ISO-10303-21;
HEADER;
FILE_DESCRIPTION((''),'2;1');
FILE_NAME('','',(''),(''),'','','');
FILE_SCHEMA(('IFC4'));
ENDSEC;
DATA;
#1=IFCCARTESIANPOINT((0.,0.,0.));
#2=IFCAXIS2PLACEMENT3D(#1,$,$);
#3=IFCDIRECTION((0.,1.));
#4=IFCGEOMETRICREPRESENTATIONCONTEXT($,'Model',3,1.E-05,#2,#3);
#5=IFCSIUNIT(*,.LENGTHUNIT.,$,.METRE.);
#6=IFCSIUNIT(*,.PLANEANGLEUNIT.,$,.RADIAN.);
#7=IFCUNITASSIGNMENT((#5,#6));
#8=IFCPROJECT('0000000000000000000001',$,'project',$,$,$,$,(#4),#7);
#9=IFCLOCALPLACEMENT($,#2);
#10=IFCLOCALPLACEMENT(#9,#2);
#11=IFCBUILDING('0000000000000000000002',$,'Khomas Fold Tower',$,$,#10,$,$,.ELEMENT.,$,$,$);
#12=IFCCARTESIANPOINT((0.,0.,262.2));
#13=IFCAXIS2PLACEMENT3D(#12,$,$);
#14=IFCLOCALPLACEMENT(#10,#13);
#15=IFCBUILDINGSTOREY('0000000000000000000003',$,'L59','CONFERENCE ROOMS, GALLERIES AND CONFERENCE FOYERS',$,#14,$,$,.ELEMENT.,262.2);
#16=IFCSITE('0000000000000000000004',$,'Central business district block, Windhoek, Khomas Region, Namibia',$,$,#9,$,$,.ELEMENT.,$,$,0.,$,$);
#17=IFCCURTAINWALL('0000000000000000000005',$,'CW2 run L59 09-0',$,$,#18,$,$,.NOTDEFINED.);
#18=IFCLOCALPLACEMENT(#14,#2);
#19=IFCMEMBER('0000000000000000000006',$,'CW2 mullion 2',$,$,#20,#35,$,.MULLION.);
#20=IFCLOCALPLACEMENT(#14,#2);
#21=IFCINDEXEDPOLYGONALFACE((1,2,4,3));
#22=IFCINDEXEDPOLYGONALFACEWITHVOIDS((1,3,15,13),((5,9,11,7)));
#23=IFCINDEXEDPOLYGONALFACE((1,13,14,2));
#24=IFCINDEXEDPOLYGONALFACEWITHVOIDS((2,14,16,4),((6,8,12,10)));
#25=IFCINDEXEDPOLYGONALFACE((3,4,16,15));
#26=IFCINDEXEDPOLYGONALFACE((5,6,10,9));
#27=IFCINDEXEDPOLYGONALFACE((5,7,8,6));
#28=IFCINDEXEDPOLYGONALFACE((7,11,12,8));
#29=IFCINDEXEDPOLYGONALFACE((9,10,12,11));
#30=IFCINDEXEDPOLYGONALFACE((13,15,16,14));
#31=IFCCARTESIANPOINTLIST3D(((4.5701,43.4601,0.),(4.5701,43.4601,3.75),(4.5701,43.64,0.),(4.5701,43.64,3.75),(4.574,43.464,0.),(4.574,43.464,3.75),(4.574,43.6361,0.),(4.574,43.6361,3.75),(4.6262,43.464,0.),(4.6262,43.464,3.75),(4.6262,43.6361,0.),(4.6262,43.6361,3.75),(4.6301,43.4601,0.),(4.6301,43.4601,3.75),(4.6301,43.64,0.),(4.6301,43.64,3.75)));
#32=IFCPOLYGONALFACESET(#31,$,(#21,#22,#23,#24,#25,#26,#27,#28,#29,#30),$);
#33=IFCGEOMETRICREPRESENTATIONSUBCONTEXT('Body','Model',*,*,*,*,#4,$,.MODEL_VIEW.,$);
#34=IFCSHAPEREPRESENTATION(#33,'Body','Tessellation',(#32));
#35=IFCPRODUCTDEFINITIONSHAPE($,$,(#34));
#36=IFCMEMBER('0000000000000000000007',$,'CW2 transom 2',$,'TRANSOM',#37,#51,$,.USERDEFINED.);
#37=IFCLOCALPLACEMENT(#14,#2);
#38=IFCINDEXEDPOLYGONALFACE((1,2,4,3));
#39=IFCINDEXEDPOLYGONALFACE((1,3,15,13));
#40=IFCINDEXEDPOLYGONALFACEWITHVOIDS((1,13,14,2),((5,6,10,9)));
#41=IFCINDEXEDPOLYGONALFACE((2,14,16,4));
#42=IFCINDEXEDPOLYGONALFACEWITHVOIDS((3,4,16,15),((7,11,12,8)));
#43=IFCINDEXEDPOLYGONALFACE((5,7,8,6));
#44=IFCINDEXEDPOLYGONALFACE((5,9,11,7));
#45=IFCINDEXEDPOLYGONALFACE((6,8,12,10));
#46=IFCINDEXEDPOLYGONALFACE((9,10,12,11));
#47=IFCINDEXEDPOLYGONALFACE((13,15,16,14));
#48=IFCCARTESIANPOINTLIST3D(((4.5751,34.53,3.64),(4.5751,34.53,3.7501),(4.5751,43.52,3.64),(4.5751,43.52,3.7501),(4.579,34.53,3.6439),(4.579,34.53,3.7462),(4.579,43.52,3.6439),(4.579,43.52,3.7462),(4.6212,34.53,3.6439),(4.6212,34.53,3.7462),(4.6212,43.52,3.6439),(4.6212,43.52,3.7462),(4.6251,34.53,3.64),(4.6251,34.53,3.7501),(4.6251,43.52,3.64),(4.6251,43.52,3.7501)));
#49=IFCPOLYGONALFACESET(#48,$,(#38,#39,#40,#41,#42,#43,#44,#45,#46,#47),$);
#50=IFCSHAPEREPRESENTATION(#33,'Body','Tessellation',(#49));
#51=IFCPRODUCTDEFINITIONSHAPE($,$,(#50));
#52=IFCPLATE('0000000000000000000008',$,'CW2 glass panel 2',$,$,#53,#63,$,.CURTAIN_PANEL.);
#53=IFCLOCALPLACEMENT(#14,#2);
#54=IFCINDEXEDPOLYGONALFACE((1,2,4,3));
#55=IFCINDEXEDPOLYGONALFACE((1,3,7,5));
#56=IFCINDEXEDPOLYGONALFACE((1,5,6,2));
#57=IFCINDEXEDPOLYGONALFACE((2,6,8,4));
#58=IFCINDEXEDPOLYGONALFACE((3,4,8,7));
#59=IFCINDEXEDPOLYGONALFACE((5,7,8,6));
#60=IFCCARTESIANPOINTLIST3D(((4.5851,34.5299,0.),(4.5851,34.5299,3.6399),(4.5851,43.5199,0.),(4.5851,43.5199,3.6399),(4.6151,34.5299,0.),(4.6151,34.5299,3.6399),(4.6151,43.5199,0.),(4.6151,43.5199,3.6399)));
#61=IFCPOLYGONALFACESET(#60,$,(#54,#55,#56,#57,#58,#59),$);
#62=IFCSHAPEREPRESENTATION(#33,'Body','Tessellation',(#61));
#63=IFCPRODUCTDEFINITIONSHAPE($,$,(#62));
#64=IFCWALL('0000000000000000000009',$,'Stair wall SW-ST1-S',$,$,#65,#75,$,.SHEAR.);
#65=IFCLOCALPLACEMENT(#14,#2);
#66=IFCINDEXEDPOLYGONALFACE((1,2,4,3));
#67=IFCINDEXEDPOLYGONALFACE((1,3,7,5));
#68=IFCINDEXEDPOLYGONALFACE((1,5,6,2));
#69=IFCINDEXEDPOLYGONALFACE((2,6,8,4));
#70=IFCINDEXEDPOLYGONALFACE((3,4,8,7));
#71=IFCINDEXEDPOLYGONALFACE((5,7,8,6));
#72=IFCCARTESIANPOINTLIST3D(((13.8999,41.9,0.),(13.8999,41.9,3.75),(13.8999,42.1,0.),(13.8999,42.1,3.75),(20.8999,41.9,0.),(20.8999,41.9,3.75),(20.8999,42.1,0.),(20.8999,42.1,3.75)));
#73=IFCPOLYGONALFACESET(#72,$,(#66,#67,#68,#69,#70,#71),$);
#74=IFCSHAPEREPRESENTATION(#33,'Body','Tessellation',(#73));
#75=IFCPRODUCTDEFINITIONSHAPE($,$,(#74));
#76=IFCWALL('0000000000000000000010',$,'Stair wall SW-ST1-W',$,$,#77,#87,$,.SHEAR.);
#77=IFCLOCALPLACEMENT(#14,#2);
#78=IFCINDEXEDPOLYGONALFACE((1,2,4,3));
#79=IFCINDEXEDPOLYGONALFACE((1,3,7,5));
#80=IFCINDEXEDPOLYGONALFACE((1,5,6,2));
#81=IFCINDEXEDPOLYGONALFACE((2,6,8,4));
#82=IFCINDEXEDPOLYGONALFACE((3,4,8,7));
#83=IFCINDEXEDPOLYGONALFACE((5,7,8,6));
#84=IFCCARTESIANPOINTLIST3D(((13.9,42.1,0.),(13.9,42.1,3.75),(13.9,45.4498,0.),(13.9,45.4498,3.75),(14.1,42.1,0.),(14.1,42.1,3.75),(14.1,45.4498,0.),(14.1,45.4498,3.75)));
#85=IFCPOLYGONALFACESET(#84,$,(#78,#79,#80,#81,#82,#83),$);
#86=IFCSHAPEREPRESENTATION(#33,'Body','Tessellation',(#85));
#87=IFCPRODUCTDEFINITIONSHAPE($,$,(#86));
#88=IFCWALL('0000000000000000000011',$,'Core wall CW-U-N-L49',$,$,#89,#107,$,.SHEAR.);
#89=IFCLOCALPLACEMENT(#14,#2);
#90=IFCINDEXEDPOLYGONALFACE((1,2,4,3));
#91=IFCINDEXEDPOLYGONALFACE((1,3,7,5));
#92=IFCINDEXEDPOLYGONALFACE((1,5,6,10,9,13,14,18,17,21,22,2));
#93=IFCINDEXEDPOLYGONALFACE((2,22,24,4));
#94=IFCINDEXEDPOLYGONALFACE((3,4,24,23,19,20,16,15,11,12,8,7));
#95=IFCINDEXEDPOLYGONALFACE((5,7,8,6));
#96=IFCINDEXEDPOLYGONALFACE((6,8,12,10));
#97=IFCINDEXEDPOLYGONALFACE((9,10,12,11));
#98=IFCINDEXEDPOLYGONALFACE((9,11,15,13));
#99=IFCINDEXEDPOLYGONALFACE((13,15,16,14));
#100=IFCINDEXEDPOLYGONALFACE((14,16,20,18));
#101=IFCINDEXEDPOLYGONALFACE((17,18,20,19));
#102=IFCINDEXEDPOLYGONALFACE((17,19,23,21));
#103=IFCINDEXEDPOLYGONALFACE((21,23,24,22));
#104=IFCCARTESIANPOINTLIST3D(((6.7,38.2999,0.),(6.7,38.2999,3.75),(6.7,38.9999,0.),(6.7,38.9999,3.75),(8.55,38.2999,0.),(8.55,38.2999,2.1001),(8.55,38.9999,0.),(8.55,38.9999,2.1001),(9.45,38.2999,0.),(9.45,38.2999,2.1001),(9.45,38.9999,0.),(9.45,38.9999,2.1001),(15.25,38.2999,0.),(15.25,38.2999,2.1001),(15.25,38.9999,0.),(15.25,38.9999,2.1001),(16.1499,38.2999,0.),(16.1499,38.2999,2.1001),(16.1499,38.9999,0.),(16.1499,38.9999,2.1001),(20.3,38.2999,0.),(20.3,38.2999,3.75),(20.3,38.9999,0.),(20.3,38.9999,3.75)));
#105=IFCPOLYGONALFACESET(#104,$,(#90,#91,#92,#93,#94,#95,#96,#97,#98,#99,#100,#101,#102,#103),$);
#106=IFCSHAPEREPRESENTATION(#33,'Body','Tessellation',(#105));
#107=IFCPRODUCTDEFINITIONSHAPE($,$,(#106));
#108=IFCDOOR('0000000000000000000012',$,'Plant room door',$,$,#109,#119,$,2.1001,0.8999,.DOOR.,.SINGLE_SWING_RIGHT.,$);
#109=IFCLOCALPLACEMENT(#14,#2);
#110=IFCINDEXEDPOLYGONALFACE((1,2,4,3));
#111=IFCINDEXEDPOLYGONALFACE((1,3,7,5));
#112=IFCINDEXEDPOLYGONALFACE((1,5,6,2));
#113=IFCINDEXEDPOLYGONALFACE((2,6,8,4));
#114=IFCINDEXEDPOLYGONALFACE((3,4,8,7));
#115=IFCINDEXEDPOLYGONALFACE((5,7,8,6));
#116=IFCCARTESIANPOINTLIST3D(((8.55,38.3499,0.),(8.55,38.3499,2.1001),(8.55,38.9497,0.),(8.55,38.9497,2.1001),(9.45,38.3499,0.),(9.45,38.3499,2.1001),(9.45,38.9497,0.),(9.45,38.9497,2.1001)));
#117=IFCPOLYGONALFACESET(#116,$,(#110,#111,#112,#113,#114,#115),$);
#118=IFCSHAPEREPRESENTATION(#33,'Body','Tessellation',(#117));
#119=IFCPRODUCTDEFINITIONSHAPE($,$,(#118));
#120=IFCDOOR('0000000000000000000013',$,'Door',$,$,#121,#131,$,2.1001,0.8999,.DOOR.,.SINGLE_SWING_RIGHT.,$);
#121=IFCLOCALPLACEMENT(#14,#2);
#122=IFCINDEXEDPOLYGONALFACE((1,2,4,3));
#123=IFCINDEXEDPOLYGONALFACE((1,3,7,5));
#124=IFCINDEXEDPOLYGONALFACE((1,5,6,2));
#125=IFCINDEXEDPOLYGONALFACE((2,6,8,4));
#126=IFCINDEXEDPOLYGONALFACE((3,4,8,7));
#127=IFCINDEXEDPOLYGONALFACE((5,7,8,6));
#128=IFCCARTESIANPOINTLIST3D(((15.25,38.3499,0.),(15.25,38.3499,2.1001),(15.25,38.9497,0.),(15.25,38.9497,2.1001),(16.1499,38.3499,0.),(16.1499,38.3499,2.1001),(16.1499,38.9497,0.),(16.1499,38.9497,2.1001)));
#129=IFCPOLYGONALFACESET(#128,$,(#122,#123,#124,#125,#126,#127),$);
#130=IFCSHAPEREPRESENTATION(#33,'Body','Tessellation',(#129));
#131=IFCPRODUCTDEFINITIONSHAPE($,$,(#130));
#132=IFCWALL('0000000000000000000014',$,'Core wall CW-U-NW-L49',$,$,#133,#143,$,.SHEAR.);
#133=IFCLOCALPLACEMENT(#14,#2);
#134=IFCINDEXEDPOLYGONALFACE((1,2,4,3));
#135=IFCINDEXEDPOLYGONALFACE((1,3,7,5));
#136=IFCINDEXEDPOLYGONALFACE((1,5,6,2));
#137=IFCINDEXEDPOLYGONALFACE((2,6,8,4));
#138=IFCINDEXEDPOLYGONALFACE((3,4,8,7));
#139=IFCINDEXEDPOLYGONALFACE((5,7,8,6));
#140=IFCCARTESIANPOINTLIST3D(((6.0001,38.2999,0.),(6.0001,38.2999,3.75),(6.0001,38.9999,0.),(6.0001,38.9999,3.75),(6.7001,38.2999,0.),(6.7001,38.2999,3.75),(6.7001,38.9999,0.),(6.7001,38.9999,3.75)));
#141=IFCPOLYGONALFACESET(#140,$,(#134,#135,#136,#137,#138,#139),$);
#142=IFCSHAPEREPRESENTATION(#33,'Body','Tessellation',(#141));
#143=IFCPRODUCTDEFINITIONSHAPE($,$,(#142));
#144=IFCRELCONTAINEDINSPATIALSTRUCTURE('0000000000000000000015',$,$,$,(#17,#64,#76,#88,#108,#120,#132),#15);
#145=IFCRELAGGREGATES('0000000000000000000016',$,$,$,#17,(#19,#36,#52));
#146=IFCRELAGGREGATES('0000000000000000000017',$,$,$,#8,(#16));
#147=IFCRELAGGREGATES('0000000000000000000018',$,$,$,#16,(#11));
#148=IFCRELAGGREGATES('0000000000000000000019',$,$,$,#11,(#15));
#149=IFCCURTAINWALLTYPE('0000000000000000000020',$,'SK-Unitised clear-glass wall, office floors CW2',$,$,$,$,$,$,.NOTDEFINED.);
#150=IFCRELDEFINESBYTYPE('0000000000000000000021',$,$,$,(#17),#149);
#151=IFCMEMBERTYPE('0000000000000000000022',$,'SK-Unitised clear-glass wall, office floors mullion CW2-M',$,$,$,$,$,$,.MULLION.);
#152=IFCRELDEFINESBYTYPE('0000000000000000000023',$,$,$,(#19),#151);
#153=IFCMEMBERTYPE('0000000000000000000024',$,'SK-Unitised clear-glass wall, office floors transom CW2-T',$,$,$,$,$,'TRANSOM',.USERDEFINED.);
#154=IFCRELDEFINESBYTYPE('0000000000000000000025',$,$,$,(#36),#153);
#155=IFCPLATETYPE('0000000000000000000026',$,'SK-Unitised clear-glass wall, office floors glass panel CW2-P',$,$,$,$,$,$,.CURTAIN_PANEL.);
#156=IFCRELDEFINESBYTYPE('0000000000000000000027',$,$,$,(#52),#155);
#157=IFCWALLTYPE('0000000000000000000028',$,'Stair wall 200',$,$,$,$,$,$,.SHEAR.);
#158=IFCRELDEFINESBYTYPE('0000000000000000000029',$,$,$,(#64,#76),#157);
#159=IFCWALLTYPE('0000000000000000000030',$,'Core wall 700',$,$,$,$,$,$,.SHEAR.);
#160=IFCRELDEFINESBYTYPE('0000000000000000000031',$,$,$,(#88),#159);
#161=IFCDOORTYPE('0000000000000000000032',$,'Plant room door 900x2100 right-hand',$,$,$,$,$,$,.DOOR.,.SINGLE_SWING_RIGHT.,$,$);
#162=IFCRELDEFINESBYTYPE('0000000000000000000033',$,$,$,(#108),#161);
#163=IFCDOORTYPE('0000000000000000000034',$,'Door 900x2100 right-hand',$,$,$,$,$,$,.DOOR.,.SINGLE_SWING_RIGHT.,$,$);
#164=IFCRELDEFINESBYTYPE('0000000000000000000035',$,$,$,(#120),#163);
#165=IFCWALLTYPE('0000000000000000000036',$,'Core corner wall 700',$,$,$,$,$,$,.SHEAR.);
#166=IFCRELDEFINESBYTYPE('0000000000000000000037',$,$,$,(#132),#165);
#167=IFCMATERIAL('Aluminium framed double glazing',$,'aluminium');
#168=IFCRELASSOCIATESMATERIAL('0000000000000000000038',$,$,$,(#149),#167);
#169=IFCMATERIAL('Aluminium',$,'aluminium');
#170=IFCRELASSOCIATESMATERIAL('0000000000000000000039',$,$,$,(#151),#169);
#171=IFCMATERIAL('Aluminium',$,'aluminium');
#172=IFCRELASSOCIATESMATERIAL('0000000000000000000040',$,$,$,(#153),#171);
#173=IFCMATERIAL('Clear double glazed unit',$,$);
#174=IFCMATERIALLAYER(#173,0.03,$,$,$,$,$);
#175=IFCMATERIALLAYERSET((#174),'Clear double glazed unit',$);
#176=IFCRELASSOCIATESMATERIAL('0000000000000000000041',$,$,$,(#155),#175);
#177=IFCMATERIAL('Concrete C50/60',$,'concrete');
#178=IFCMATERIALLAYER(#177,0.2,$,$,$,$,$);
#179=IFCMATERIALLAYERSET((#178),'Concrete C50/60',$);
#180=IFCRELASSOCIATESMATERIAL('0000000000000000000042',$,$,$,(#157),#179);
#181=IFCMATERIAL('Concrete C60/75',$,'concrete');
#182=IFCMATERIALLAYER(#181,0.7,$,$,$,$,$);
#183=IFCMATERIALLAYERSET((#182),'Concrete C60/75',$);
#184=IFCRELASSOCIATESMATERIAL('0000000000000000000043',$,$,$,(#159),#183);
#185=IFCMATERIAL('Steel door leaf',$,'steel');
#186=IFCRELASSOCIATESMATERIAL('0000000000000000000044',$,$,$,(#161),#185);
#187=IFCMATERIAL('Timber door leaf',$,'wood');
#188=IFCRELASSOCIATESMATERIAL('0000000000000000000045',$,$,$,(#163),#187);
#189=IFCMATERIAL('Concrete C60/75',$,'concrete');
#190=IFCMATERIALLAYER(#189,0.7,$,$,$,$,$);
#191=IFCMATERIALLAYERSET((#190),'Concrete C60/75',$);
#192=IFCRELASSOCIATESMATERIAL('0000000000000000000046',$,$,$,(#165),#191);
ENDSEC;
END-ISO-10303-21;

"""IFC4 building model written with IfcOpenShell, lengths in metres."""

from ifc_helpers import new_model, si_unit, direction, frame, frame_2d, origin, origin_2d, place, context, subcontext, project, spatial, rectangle, hollow_rectangle, extrude, source, transform, mapped, material, layer, layer_set, material_profile, profile_set, type_object, element, fill, aggregate, save


model = new_model("IFC4")

# Units and contexts
model_context = context("Model", 3, precision=1e-05, world=origin(), true_north=direction((0.0, 1.0)))
body_context = subcontext(model_context, "Body", "Model", "MODEL_VIEW")
ifc_project = project(units=[si_unit("LENGTHUNIT", "METRE"), si_unit("PLANEANGLEUNIT", "RADIAN")], contexts=[model_context])

# Site, building, storey
site_placement = place(None, origin())
site = spatial("IfcSite", under=ifc_project, at=site_placement, Name="Central business district block, Windhoek, Khomas Region, Namibia", CompositionType="ELEMENT", RefElevation=0.0)
building_placement = place(site_placement, origin())
building = spatial("IfcBuilding", under=site, at=building_placement, Name="Khomas Fold Tower", CompositionType="ELEMENT")
storey_placement = place(building_placement, frame((0.0, 0.0, 262.2)))
storey = spatial("IfcBuildingStorey", under=building, at=storey_placement, Name="L59", Description="CONFERENCE ROOMS, GALLERIES AND CONFERENCE FOYERS", CompositionType="ELEMENT", Elevation=262.2)

# Curtain wall, members, plate
ifc_material_1 = material(Name="Aluminium framed double glazing", Category="aluminium")
curtain_wall_type = type_object("IfcCurtainWallType", Name="SK-Unitised clear-glass wall, office floors CW2", PredefinedType="NOTDEFINED", material=ifc_material_1)
curtain_wall_placement = place(storey_placement, origin())
curtain_wall = element("IfcCurtainWall", 1, at=curtain_wall_placement, inside=storey, type_object=curtain_wall_type, Name="CW2 run L59 09-0", PredefinedType="NOTDEFINED")
ifc_material_2 = material(Name="Aluminium", Category="aluminium")
ifc_material_profile_1 = material_profile(ifc_material_2, hollow_rectangle(XDim=0.0601, YDim=0.1799, WallThickness=0.0039, at=origin_2d()), Name="SK-Unitised clear-glass wall, office floors mullion CW2-M")
ifc_profile_set_1 = profile_set([ifc_material_profile_1], Name="Aluminium")
member_type_1 = type_object("IfcMemberType", Name="SK-Unitised clear-glass wall, office floors mullion CW2-M", PredefinedType="MULLION", material=ifc_profile_set_1)
shared_shape_1 = source(origin(), body_context, "Body", "SweptSolid", [
    extrude(hollow_rectangle(XDim=0.0601, YDim=0.1799, WallThickness=0.0039, at=origin_2d()), origin(), (0.0, 0.0, 1.0), 3.75),
])
member_1_placement = place(storey_placement, frame((4.6001, 43.55, 0.0), z_axis=(0.0, 0.0, 1.0), x_axis=(1.0, 0.0, 0.0)))
member_1 = element("IfcMember", 2, at=member_1_placement, type_object=member_type_1, Name="CW2 mullion 2", PredefinedType="MULLION", context=body_context, shape_type="MappedRepresentation", body=[
    mapped(shared_shape_1, transform((0.0, 0.0, 0.0))),
])
ifc_material_3 = material(Name="Aluminium", Category="aluminium")
ifc_material_profile_2 = material_profile(ifc_material_3, hollow_rectangle(XDim=0.05, YDim=0.1101, WallThickness=0.0039, at=origin_2d()), Name="SK-Unitised clear-glass wall, office floors transom CW2-T")
ifc_profile_set_2 = profile_set([ifc_material_profile_2], Name="Aluminium")
member_type_2 = type_object("IfcMemberType", Name="SK-Unitised clear-glass wall, office floors transom CW2-T", ElementType="TRANSOM", PredefinedType="USERDEFINED", material=ifc_profile_set_2)
shared_shape_2 = source(origin(), body_context, "Body", "SweptSolid", [
    extrude(hollow_rectangle(XDim=0.05, YDim=0.1101, WallThickness=0.0039, at=origin_2d()), origin(), (0.0, 0.0, 1.0), 8.99),
])
member_2_placement = place(storey_placement, frame((4.6001, 43.52, 3.6951), z_axis=(0.0, -1.0, 0.0), x_axis=(1.0, 0.0, 0.0)))
member_2 = element("IfcMember", 3, at=member_2_placement, type_object=member_type_2, Name="CW2 transom 2", ObjectType="TRANSOM", PredefinedType="USERDEFINED", context=body_context, shape_type="MappedRepresentation", body=[
    mapped(shared_shape_2, transform((0.0, 0.0, 0.0))),
])
ifc_material_4 = material(Name="Clear double glazed unit")
ifc_layer_1 = layer(ifc_material_4, 0.03)
ifc_layer_set_1 = layer_set([ifc_layer_1], Name="Clear double glazed unit")
plate_type = type_object("IfcPlateType", Name="SK-Unitised clear-glass wall, office floors glass panel CW2-P", PredefinedType="CURTAIN_PANEL", material=ifc_layer_set_1)
shared_shape_3 = source(origin(), body_context, "Body", "SweptSolid", [
    extrude(rectangle(XDim=8.99, YDim=0.03, at=origin_2d()), origin(), (0.0, 0.0, 1.0), 3.6399),
])
plate_placement = place(storey_placement, frame((4.6001, 39.0249, 0.0), z_axis=(0.0, 0.0, 1.0), x_axis=(0.0, -1.0, 0.0)))
plate = element("IfcPlate", 4, at=plate_placement, type_object=plate_type, Name="CW2 glass panel 2", PredefinedType="CURTAIN_PANEL", context=body_context, shape_type="MappedRepresentation", body=[
    mapped(shared_shape_3, transform((0.0, 0.0, 0.0))),
])
aggregate(curtain_wall, [member_1, member_2, plate])

# Walls
ifc_material_5 = material(Name="Concrete C50/60", Category="concrete")
ifc_layer_2 = layer(ifc_material_5, 0.2)
ifc_layer_set_2 = layer_set([ifc_layer_2], Name="Concrete C50/60")
wall_type_1 = type_object("IfcWallType", Name="Stair wall 200", PredefinedType="SHEAR", material=ifc_layer_set_2)
shared_shape_4 = source(origin(), body_context, "Body", "SweptSolid", [
    extrude(rectangle(XDim=7.0, YDim=0.2, at=frame_2d((3.5, 0.0))), origin(), (0.0, 0.0, 1.0), 3.75),
])
wall_1_placement = place(storey_placement, frame((13.8999, 42.0, 0.0), z_axis=(0.0, 0.0, 1.0), x_axis=(1.0, 0.0, 0.0)))
element("IfcWall", 5, at=wall_1_placement, inside=storey, type_object=wall_type_1, Name="Stair wall SW-ST1-S", PredefinedType="SHEAR", context=body_context, shape_type="MappedRepresentation", body=[
    mapped(shared_shape_4, transform((0.0, 0.0, 0.0))),
])
shared_shape_5 = source(origin(), body_context, "Body", "SweptSolid", [
    extrude(rectangle(XDim=3.3499, YDim=0.2, at=frame_2d((1.6748, 0.0))), origin(), (0.0, 0.0, 1.0), 3.75),
])
wall_2_placement = place(storey_placement, frame((14.0, 42.1001, 0.0), z_axis=(0.0, 0.0, 1.0), x_axis=(0.0, 1.0, 0.0)))
element("IfcWall", 6, at=wall_2_placement, inside=storey, type_object=wall_type_1, Name="Stair wall SW-ST1-W", PredefinedType="SHEAR", context=body_context, shape_type="MappedRepresentation", body=[
    mapped(shared_shape_5, transform((0.0, 0.0, 0.0))),
])

# Wall, openings, doors
ifc_material_6 = material(Name="Concrete C60/75", Category="concrete")
ifc_layer_3 = layer(ifc_material_6, 0.7)
ifc_layer_set_3 = layer_set([ifc_layer_3], Name="Concrete C60/75")
wall_type_2 = type_object("IfcWallType", Name="Core wall 700", PredefinedType="SHEAR", material=ifc_layer_set_3)
shared_shape_6 = source(origin(), body_context, "Body", "SweptSolid", [
    extrude(rectangle(XDim=13.6001, YDim=0.7, at=frame_2d((6.8, 0.0))), origin(), (0.0, 0.0, 1.0), 3.75),
])
wall_3_placement = place(storey_placement, frame((6.7, 38.6499, 0.0), z_axis=(0.0, 0.0, 1.0), x_axis=(1.0, 0.0, 0.0)))
wall_3 = element("IfcWall", 7, at=wall_3_placement, inside=storey, type_object=wall_type_2, Name="Core wall CW-U-N-L49", PredefinedType="SHEAR", context=body_context, shape_type="MappedRepresentation", body=[
    mapped(shared_shape_6, transform((0.0, 0.0, 0.0))),
])
shared_shape_7 = source(origin(), body_context, "Body", "SweptSolid", [
    extrude(rectangle(XDim=0.8999, YDim=2.1001, at=frame_2d((0.45, 1.05))), frame((0.0, 0.3599, 0.0), z_axis=(0.0, -1.0, 0.0), x_axis=(1.0, 0.0, 0.0)), (0.0, 0.0, 1.0), 0.72),
])
opening_1_placement = place(wall_3_placement, frame((1.8501, 0.0, 0.0)))
opening_1 = element("IfcOpeningElement", 8, at=opening_1_placement, cuts=wall_3, PredefinedType="OPENING", context=body_context, shape_type="MappedRepresentation", body=[
    mapped(shared_shape_7, transform((0.0, 0.0, 0.0))),
])
opening_2_placement = place(wall_3_placement, frame((8.55, 0.0, 0.0)))
opening_2 = element("IfcOpeningElement", 9, at=opening_2_placement, cuts=wall_3, PredefinedType="OPENING", context=body_context, shape_type="MappedRepresentation", body=[
    mapped(shared_shape_7, transform((0.0, 0.0, 0.0))),
])
ifc_material_7 = material(Name="Steel door leaf", Category="steel")
door_type_1 = type_object("IfcDoorType", Name="Plant room door 900x2100 right-hand", OperationType="SINGLE_SWING_RIGHT", PredefinedType="DOOR", material=ifc_material_7)
shared_shape_8 = source(origin(), body_context, "Body", "SweptSolid", [
    extrude(rectangle(XDim=0.8999, YDim=2.1001, at=frame_2d((0.45, 1.05))), frame((0.0, 0.2998, 0.0), z_axis=(0.0, -1.0, 0.0), x_axis=(1.0, 0.0, 0.0)), (0.0, 0.0, 1.0), 0.5999),
])
door_1_placement = place(opening_1_placement, origin())
door_1 = element("IfcDoor", 10, at=door_1_placement, inside=storey, type_object=door_type_1, Name="Plant room door", OperationType="SINGLE_SWING_RIGHT", OverallHeight=2.1001, OverallWidth=0.8999, PredefinedType="DOOR", context=body_context, shape_type="MappedRepresentation", body=[
    mapped(shared_shape_8, transform((0.0, 0.0, 0.0))),
])
fill(opening_1, door_1)
ifc_material_8 = material(Name="Timber door leaf", Category="wood")
door_type_2 = type_object("IfcDoorType", Name="Door 900x2100 right-hand", OperationType="SINGLE_SWING_RIGHT", PredefinedType="DOOR", material=ifc_material_8)
door_2_placement = place(opening_2_placement, origin())
door_2 = element("IfcDoor", 11, at=door_2_placement, inside=storey, type_object=door_type_2, Name="Door", OperationType="SINGLE_SWING_RIGHT", OverallHeight=2.1001, OverallWidth=0.8999, PredefinedType="DOOR", context=body_context, shape_type="MappedRepresentation", body=[
    mapped(shared_shape_8, transform((0.0, 0.0, 0.0))),
])
fill(opening_2, door_2)

# Wall
ifc_material_9 = material(Name="Concrete C60/75", Category="concrete")
ifc_layer_4 = layer(ifc_material_9, 0.7)
ifc_layer_set_4 = layer_set([ifc_layer_4], Name="Concrete C60/75")
wall_type_3 = type_object("IfcWallType", Name="Core corner wall 700", PredefinedType="SHEAR", material=ifc_layer_set_4)
shared_shape_9 = source(origin(), body_context, "Body", "SweptSolid", [
    extrude(rectangle(XDim=0.7, YDim=0.7, at=frame_2d((0.3501, 0.0))), origin(), (0.0, 0.0, 1.0), 3.75),
])
wall_4_placement = place(storey_placement, frame((6.0, 38.6499, 0.0), z_axis=(0.0, 0.0, 1.0), x_axis=(1.0, 0.0, 0.0)))
element("IfcWall", 12, at=wall_4_placement, inside=storey, type_object=wall_type_3, Name="Core wall CW-U-NW-L49", PredefinedType="SHEAR", context=body_context, shape_type="MappedRepresentation", body=[
    mapped(shared_shape_9, transform((0.0, 0.0, 0.0))),
])

save(model, "model.ifc")
